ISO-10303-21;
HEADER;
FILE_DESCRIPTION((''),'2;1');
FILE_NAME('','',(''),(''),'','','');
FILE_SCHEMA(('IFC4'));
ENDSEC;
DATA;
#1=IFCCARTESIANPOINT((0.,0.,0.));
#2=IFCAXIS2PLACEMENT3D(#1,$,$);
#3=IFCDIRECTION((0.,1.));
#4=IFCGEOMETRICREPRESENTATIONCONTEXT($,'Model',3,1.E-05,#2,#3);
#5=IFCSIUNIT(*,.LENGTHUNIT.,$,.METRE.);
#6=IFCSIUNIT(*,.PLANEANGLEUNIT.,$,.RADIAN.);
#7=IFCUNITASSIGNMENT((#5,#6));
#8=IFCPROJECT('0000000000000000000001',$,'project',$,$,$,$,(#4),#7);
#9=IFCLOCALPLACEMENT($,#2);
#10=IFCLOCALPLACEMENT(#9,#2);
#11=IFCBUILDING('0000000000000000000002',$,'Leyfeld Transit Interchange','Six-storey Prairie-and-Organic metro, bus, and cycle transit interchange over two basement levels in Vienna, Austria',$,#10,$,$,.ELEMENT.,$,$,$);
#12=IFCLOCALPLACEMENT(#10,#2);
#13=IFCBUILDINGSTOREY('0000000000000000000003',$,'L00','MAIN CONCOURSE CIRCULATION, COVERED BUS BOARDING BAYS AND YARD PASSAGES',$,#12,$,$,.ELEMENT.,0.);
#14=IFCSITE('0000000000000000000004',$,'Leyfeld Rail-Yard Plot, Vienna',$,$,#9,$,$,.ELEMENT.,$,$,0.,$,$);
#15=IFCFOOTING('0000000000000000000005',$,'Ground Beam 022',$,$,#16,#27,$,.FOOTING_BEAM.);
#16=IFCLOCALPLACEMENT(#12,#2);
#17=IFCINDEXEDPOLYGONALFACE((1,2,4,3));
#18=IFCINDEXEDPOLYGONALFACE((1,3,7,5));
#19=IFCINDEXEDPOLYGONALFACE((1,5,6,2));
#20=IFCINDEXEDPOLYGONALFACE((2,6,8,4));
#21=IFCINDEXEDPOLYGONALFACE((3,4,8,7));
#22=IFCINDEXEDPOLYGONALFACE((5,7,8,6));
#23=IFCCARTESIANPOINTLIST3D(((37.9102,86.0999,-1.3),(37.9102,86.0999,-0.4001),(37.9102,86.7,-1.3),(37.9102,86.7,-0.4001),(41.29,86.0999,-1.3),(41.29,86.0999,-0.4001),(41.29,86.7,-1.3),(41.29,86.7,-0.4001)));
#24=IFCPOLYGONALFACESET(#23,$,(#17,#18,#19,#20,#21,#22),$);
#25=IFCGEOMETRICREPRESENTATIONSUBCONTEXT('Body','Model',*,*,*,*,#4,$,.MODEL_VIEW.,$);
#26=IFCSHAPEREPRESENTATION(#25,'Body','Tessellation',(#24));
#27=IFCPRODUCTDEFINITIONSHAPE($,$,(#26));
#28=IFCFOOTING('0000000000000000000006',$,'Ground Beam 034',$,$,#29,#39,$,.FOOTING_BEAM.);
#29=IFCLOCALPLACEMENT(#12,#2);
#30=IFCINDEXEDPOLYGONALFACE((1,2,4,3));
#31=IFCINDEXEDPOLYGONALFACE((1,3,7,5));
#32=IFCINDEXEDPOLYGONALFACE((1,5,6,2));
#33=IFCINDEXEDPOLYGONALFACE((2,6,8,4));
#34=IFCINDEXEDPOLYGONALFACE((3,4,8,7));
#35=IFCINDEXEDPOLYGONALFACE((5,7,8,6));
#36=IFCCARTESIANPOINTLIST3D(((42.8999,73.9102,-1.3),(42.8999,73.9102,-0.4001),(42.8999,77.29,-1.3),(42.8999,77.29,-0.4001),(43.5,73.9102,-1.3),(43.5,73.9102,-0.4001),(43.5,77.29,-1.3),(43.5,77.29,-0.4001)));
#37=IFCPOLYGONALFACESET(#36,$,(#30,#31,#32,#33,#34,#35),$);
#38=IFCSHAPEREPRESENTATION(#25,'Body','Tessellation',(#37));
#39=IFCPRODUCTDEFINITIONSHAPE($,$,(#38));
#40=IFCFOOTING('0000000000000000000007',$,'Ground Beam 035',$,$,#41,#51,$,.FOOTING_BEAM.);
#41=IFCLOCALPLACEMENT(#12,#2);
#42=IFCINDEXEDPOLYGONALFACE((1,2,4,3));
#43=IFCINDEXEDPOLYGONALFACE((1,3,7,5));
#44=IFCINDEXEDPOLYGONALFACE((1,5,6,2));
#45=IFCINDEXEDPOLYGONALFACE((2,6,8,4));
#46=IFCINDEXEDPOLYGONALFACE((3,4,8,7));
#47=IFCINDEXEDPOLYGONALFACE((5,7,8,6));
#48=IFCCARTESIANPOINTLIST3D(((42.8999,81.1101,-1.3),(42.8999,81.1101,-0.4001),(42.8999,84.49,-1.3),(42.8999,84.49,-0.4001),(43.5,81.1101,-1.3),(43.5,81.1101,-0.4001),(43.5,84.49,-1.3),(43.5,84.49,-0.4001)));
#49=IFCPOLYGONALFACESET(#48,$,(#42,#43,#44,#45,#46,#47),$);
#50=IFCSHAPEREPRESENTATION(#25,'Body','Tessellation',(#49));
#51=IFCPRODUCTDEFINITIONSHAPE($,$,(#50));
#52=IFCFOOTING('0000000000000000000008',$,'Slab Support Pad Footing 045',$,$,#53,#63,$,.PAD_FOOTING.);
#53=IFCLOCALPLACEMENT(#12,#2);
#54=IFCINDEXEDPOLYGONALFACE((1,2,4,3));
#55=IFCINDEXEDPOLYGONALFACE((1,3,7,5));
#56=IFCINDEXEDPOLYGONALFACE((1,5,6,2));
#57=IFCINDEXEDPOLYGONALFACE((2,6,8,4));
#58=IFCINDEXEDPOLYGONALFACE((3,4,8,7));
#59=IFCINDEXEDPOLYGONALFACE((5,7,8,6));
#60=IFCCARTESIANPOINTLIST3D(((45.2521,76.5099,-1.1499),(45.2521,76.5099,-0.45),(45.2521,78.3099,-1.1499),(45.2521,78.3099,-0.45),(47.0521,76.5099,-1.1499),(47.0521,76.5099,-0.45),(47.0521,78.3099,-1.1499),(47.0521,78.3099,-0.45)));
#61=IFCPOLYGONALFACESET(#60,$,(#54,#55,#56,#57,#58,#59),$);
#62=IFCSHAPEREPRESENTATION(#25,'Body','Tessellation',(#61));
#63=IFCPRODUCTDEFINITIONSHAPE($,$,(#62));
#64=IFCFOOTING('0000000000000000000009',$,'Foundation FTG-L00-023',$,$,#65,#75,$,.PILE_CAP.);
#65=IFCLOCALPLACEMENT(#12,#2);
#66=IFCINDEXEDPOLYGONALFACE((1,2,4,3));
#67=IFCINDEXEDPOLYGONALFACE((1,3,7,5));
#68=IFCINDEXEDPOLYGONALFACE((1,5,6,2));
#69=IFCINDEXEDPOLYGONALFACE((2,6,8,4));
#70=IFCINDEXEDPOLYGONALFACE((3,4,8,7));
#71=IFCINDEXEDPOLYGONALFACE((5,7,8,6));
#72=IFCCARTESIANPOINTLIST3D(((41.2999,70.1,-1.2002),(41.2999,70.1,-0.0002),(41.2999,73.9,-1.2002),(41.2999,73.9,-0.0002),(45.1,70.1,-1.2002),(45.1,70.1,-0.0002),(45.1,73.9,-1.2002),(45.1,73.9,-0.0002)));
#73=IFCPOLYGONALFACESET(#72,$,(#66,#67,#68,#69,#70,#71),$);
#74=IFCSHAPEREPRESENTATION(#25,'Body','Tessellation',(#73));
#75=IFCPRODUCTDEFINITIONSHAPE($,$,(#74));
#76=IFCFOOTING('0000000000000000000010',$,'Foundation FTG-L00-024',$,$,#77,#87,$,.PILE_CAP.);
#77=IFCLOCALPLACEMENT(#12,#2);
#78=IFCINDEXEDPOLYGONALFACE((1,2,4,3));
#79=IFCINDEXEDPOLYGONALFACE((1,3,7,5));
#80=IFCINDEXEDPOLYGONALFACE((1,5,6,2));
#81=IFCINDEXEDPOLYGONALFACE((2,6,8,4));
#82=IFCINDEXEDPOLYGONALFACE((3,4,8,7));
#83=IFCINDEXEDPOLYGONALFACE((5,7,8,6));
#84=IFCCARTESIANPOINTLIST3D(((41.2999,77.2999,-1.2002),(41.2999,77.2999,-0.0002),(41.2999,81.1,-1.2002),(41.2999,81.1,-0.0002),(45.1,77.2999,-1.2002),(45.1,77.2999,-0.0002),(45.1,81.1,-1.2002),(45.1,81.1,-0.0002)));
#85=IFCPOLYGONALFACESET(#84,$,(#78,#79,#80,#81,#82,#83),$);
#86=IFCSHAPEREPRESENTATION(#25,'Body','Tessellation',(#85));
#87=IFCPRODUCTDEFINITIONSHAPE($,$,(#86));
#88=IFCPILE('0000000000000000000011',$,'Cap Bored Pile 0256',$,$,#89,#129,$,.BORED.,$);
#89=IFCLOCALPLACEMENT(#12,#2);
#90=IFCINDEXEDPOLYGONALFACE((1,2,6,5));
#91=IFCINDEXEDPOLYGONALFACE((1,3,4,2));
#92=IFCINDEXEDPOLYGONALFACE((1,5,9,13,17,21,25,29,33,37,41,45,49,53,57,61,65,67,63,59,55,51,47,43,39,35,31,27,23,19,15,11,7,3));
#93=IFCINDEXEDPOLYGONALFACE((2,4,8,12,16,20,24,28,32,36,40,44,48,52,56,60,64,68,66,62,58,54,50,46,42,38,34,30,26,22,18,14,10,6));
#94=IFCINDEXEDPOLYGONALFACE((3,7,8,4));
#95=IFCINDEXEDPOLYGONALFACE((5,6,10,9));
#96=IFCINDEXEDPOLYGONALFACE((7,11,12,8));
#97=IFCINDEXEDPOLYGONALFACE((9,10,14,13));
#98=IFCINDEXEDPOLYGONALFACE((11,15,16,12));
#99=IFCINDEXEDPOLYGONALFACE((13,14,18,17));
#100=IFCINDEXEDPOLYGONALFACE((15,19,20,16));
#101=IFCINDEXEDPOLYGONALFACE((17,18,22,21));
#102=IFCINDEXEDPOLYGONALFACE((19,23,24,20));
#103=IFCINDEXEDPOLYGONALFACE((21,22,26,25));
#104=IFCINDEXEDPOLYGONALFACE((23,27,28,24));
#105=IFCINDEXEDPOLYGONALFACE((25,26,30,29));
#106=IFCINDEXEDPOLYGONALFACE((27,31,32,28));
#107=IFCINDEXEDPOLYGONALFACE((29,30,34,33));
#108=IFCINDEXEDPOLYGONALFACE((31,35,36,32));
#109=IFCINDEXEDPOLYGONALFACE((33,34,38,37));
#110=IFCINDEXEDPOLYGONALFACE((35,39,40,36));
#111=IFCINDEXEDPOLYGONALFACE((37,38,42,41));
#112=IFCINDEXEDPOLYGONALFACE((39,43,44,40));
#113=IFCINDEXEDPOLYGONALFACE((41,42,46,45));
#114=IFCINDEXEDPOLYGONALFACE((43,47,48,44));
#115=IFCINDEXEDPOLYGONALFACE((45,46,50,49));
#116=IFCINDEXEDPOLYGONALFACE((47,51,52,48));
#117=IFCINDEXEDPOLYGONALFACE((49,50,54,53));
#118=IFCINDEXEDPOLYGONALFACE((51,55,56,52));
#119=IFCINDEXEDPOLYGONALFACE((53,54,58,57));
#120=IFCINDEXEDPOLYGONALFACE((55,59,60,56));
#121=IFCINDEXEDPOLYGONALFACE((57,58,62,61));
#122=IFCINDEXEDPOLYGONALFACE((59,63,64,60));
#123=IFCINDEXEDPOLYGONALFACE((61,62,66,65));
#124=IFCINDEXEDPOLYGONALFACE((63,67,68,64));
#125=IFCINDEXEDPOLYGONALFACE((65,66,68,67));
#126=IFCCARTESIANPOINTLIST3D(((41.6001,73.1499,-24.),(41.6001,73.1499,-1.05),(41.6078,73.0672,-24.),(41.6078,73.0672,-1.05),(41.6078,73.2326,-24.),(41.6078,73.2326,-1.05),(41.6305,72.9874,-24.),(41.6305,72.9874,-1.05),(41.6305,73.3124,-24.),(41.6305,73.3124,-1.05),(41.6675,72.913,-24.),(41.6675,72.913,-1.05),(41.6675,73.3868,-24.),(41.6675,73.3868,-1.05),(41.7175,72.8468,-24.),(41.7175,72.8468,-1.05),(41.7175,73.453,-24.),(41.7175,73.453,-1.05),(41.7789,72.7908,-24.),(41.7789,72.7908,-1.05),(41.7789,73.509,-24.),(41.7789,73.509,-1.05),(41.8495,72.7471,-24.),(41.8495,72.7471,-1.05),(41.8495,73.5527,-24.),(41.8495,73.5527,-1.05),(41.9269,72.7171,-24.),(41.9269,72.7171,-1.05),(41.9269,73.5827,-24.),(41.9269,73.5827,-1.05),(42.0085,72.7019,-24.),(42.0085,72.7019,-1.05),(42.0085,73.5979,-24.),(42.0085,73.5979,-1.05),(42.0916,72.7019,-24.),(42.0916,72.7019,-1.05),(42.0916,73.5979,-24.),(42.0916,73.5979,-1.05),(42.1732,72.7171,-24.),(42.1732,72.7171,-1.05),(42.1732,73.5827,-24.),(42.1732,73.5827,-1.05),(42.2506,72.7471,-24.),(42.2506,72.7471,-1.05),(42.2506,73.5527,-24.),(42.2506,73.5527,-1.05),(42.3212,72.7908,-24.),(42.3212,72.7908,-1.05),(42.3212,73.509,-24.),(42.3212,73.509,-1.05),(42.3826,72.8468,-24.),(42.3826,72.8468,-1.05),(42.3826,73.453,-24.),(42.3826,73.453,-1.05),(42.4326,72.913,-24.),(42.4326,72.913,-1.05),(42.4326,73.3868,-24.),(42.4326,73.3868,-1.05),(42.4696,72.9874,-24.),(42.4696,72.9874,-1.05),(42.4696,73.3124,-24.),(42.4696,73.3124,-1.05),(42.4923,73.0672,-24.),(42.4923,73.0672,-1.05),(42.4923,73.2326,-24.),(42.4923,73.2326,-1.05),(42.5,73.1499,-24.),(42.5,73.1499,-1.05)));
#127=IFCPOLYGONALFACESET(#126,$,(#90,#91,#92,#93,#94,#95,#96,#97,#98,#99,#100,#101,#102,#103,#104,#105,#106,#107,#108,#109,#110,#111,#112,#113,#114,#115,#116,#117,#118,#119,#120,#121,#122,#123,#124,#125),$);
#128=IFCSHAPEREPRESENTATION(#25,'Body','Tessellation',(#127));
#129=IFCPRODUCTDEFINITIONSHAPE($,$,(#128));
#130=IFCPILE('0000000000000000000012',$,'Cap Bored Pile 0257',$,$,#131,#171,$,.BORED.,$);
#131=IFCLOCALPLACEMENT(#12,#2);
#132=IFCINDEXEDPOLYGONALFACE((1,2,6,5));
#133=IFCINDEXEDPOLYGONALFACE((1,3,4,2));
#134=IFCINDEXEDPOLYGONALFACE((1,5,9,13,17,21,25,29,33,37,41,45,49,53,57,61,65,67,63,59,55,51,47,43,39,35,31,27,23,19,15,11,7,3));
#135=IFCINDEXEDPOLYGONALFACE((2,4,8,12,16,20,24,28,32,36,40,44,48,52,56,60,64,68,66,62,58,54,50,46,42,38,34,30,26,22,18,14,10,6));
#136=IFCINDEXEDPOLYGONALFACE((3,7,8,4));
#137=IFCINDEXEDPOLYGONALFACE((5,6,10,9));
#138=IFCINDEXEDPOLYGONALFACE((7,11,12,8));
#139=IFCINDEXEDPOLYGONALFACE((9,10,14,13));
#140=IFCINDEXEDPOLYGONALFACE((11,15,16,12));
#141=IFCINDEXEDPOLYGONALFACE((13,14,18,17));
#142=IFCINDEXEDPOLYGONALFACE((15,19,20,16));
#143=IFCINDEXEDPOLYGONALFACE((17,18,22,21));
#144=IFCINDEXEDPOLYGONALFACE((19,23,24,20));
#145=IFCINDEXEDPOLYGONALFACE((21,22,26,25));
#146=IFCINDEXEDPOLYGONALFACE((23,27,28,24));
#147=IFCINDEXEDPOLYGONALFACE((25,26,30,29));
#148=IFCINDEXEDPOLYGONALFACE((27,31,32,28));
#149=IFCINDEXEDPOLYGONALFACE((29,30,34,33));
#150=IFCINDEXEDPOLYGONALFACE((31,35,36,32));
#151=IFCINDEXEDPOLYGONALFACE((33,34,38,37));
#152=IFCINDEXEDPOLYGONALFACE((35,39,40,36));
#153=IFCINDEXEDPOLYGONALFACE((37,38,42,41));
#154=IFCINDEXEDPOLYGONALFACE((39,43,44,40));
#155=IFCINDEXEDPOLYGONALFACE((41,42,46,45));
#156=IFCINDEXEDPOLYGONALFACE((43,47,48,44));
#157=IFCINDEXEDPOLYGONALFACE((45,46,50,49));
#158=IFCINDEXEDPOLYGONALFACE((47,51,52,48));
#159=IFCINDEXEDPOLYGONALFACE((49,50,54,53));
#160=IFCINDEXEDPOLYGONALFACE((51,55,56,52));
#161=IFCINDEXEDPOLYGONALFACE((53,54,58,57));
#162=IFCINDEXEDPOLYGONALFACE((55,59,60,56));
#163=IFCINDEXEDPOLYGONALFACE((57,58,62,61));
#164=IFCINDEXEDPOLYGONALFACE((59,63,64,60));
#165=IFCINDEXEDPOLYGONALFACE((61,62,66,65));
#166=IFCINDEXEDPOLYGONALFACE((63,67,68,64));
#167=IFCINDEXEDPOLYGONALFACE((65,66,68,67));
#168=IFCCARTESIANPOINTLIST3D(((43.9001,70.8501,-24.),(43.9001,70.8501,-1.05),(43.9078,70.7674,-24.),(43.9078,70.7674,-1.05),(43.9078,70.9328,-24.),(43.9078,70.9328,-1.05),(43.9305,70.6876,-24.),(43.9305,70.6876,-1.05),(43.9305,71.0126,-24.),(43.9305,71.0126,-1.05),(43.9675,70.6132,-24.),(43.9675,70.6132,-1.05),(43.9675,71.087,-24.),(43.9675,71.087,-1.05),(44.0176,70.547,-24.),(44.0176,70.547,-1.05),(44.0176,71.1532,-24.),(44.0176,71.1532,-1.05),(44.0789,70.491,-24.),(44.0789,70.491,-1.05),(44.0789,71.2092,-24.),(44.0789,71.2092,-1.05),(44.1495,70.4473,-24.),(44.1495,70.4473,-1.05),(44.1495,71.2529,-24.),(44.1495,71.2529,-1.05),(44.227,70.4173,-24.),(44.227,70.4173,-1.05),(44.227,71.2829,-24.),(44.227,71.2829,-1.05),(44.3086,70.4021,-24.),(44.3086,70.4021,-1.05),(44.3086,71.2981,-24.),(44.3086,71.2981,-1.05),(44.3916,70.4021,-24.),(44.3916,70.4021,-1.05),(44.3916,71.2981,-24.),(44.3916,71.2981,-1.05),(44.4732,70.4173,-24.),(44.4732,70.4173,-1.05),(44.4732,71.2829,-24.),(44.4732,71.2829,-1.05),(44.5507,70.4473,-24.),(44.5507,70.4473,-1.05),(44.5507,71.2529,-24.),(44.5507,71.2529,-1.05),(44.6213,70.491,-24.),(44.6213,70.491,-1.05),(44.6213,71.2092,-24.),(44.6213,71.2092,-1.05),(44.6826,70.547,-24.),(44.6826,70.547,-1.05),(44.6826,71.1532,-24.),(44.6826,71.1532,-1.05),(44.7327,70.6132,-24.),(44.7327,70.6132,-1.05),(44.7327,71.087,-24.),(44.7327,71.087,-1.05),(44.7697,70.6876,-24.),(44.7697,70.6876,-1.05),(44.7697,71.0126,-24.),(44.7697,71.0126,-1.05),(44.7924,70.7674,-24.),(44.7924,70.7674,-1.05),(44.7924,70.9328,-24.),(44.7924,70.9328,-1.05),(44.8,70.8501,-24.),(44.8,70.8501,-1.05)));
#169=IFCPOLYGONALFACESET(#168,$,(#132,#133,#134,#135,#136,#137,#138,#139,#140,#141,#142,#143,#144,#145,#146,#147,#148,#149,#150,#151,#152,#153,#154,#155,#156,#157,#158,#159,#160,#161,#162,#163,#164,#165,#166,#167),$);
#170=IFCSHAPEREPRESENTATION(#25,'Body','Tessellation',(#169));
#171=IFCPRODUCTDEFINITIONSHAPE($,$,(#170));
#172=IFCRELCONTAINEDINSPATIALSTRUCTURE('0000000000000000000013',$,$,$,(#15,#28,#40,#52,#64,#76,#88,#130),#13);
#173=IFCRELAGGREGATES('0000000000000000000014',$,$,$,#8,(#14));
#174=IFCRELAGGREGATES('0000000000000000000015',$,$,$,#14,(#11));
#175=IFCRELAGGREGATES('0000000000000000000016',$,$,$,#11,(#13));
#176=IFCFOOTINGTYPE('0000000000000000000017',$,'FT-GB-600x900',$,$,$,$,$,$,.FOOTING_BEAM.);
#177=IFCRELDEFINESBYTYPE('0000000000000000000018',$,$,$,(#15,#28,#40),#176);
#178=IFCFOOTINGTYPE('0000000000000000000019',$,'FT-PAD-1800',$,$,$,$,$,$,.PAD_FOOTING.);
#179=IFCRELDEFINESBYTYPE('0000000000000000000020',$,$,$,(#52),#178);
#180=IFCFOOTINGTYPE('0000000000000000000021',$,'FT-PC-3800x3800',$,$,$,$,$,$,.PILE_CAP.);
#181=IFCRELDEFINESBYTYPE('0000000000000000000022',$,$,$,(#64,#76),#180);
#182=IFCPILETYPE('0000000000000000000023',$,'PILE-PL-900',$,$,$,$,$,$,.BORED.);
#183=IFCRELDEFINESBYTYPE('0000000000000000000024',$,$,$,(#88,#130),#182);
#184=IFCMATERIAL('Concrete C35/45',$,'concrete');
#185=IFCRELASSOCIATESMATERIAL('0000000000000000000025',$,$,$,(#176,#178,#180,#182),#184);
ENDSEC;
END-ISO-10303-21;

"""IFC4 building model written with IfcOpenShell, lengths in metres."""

from ifc_helpers import new_model, si_unit, direction, frame, origin, origin_2d, place, context, subcontext, project, spatial, rectangle, circle, extrude, material, material_profile, profile_set, type_object, element, save


model = new_model("IFC4")

# Units and contexts
model_context = context("Model", 3, precision=1e-05, world=origin(), true_north=direction((0.0, 1.0)))
body_context = subcontext(model_context, "Body", "Model", "MODEL_VIEW")
ifc_project = project(units=[si_unit("LENGTHUNIT", "METRE"), si_unit("PLANEANGLEUNIT", "RADIAN")], contexts=[model_context])

# Site, building, storey
site_placement = place(None, origin())
site = spatial("IfcSite", under=ifc_project, at=site_placement, Name="Leyfeld Rail-Yard Plot, Vienna", CompositionType="ELEMENT", RefElevation=0.0)
building_placement = place(site_placement, origin())
building = spatial("IfcBuilding", under=site, at=building_placement, Name="Leyfeld Transit Interchange", Description="Six-storey Prairie-and-Organic metro, bus, and cycle transit interchange over two basement levels in Vienna, Austria", CompositionType="ELEMENT")
storey_placement = place(building_placement, origin())
storey = spatial("IfcBuildingStorey", under=building, at=storey_placement, Name="L00", Description="MAIN CONCOURSE CIRCULATION, COVERED BUS BOARDING BAYS AND YARD PASSAGES", CompositionType="ELEMENT", Elevation=0.0)

# Footings
ifc_material_1 = material(Name="Concrete C35/45", Category="concrete")
footing_type_1 = type_object("IfcFootingType", Name="FT-GB-600x900", PredefinedType="FOOTING_BEAM", material=ifc_material_1)
footing_1_placement = place(storey_placement, frame((39.6001, 86.3999, -1.3), z_axis=(0.0, 0.0, 1.0), x_axis=(1.0, 0.0, 0.0)))
element("IfcFooting", 1, at=footing_1_placement, inside=storey, type_object=footing_type_1, Name="Ground Beam 022", PredefinedType="FOOTING_BEAM", context=body_context, shape_type="SweptSolid", body=[
    extrude(rectangle(XDim=3.3799, YDim=0.6001, at=origin_2d()), origin(), (0.0, 0.0, 1.0), 0.8999),
])
for number, where, z_axis, x_axis, name in (
    (2, (43.2, 75.6001, -1.3), (0.0, 0.0, 1.0), (1.0, 0.0, 0.0), "Ground Beam 034"),
    (3, (43.2, 82.8, -1.3), (0.0, 0.0, 1.0), (1.0, 0.0, 0.0), "Ground Beam 035"),
):
    element("IfcFooting", number, at=place(storey_placement, frame(where, z_axis=z_axis, x_axis=x_axis)), inside=storey, type_object=footing_type_1, Name=name, PredefinedType="FOOTING_BEAM", context=body_context, shape_type="SweptSolid", body=[
        extrude(rectangle(XDim=0.6001, YDim=3.3799, at=origin_2d()), origin(), (0.0, 0.0, 1.0), 0.8999),
    ])
footing_type_2 = type_object("IfcFootingType", Name="FT-PAD-1800", PredefinedType="PAD_FOOTING", material=ifc_material_1)
footing_2_placement = place(storey_placement, frame((46.1521, 77.4099, -1.1499), z_axis=(0.0, 0.0, 1.0), x_axis=(1.0, 0.0, 0.0)))
element("IfcFooting", 4, at=footing_2_placement, inside=storey, type_object=footing_type_2, Name="Slab Support Pad Footing 045", PredefinedType="PAD_FOOTING", context=body_context, shape_type="SweptSolid", body=[
    extrude(rectangle(XDim=1.8, YDim=1.8, at=origin_2d()), origin(), (0.0, 0.0, 1.0), 0.7),
])
footing_type_3 = type_object("IfcFootingType", Name="FT-PC-3800x3800", PredefinedType="PILE_CAP", material=ifc_material_1)
for number, where, z_axis, x_axis, name in (
    (5, (43.2, 72.0, -1.2002), (0.0, 0.0, 1.0), (1.0, 0.0, 0.0), "Foundation FTG-L00-023"),
    (6, (43.2, 79.2, -1.2002), (0.0, 0.0, 1.0), (1.0, 0.0, 0.0), "Foundation FTG-L00-024"),
):
    element("IfcFooting", number, at=place(storey_placement, frame(where, z_axis=z_axis, x_axis=x_axis)), inside=storey, type_object=footing_type_3, Name=name, PredefinedType="PILE_CAP", context=body_context, shape_type="SweptSolid", body=[
        extrude(rectangle(XDim=3.8, YDim=3.8, at=origin_2d()), origin(), (0.0, 0.0, 1.0), 1.2),
    ])

# Piles
ifc_material_profile_1 = material_profile(ifc_material_1, circle(Radius=0.45, at=origin_2d()), Name="PILE D900")
ifc_profile_set_1 = profile_set([ifc_material_profile_1], Name="Concrete C35/45")
pile_type = type_object("IfcPileType", Name="PILE-PL-900", PredefinedType="BORED", material=ifc_profile_set_1)
for number, where, z_axis, x_axis, name in (
    (7, (42.05, 73.1499, -1.05), (0.0, 0.0, -1.0), (1.0, 0.0, 0.0), "Cap Bored Pile 0256"),
    (8, (44.3501, 70.8501, -1.05), (0.0, 0.0, -1.0), (1.0, 0.0, 0.0), "Cap Bored Pile 0257"),
):
    element("IfcPile", number, at=place(storey_placement, frame(where, z_axis=z_axis, x_axis=x_axis)), inside=storey, type_object=pile_type, Name=name, PredefinedType="BORED", context=body_context, shape_type="SweptSolid", body=[
        extrude(circle(Radius=0.45, at=origin_2d()), origin(), (0.0, 0.0, 1.0), 22.95),
    ])

save(model, "model.ifc")
